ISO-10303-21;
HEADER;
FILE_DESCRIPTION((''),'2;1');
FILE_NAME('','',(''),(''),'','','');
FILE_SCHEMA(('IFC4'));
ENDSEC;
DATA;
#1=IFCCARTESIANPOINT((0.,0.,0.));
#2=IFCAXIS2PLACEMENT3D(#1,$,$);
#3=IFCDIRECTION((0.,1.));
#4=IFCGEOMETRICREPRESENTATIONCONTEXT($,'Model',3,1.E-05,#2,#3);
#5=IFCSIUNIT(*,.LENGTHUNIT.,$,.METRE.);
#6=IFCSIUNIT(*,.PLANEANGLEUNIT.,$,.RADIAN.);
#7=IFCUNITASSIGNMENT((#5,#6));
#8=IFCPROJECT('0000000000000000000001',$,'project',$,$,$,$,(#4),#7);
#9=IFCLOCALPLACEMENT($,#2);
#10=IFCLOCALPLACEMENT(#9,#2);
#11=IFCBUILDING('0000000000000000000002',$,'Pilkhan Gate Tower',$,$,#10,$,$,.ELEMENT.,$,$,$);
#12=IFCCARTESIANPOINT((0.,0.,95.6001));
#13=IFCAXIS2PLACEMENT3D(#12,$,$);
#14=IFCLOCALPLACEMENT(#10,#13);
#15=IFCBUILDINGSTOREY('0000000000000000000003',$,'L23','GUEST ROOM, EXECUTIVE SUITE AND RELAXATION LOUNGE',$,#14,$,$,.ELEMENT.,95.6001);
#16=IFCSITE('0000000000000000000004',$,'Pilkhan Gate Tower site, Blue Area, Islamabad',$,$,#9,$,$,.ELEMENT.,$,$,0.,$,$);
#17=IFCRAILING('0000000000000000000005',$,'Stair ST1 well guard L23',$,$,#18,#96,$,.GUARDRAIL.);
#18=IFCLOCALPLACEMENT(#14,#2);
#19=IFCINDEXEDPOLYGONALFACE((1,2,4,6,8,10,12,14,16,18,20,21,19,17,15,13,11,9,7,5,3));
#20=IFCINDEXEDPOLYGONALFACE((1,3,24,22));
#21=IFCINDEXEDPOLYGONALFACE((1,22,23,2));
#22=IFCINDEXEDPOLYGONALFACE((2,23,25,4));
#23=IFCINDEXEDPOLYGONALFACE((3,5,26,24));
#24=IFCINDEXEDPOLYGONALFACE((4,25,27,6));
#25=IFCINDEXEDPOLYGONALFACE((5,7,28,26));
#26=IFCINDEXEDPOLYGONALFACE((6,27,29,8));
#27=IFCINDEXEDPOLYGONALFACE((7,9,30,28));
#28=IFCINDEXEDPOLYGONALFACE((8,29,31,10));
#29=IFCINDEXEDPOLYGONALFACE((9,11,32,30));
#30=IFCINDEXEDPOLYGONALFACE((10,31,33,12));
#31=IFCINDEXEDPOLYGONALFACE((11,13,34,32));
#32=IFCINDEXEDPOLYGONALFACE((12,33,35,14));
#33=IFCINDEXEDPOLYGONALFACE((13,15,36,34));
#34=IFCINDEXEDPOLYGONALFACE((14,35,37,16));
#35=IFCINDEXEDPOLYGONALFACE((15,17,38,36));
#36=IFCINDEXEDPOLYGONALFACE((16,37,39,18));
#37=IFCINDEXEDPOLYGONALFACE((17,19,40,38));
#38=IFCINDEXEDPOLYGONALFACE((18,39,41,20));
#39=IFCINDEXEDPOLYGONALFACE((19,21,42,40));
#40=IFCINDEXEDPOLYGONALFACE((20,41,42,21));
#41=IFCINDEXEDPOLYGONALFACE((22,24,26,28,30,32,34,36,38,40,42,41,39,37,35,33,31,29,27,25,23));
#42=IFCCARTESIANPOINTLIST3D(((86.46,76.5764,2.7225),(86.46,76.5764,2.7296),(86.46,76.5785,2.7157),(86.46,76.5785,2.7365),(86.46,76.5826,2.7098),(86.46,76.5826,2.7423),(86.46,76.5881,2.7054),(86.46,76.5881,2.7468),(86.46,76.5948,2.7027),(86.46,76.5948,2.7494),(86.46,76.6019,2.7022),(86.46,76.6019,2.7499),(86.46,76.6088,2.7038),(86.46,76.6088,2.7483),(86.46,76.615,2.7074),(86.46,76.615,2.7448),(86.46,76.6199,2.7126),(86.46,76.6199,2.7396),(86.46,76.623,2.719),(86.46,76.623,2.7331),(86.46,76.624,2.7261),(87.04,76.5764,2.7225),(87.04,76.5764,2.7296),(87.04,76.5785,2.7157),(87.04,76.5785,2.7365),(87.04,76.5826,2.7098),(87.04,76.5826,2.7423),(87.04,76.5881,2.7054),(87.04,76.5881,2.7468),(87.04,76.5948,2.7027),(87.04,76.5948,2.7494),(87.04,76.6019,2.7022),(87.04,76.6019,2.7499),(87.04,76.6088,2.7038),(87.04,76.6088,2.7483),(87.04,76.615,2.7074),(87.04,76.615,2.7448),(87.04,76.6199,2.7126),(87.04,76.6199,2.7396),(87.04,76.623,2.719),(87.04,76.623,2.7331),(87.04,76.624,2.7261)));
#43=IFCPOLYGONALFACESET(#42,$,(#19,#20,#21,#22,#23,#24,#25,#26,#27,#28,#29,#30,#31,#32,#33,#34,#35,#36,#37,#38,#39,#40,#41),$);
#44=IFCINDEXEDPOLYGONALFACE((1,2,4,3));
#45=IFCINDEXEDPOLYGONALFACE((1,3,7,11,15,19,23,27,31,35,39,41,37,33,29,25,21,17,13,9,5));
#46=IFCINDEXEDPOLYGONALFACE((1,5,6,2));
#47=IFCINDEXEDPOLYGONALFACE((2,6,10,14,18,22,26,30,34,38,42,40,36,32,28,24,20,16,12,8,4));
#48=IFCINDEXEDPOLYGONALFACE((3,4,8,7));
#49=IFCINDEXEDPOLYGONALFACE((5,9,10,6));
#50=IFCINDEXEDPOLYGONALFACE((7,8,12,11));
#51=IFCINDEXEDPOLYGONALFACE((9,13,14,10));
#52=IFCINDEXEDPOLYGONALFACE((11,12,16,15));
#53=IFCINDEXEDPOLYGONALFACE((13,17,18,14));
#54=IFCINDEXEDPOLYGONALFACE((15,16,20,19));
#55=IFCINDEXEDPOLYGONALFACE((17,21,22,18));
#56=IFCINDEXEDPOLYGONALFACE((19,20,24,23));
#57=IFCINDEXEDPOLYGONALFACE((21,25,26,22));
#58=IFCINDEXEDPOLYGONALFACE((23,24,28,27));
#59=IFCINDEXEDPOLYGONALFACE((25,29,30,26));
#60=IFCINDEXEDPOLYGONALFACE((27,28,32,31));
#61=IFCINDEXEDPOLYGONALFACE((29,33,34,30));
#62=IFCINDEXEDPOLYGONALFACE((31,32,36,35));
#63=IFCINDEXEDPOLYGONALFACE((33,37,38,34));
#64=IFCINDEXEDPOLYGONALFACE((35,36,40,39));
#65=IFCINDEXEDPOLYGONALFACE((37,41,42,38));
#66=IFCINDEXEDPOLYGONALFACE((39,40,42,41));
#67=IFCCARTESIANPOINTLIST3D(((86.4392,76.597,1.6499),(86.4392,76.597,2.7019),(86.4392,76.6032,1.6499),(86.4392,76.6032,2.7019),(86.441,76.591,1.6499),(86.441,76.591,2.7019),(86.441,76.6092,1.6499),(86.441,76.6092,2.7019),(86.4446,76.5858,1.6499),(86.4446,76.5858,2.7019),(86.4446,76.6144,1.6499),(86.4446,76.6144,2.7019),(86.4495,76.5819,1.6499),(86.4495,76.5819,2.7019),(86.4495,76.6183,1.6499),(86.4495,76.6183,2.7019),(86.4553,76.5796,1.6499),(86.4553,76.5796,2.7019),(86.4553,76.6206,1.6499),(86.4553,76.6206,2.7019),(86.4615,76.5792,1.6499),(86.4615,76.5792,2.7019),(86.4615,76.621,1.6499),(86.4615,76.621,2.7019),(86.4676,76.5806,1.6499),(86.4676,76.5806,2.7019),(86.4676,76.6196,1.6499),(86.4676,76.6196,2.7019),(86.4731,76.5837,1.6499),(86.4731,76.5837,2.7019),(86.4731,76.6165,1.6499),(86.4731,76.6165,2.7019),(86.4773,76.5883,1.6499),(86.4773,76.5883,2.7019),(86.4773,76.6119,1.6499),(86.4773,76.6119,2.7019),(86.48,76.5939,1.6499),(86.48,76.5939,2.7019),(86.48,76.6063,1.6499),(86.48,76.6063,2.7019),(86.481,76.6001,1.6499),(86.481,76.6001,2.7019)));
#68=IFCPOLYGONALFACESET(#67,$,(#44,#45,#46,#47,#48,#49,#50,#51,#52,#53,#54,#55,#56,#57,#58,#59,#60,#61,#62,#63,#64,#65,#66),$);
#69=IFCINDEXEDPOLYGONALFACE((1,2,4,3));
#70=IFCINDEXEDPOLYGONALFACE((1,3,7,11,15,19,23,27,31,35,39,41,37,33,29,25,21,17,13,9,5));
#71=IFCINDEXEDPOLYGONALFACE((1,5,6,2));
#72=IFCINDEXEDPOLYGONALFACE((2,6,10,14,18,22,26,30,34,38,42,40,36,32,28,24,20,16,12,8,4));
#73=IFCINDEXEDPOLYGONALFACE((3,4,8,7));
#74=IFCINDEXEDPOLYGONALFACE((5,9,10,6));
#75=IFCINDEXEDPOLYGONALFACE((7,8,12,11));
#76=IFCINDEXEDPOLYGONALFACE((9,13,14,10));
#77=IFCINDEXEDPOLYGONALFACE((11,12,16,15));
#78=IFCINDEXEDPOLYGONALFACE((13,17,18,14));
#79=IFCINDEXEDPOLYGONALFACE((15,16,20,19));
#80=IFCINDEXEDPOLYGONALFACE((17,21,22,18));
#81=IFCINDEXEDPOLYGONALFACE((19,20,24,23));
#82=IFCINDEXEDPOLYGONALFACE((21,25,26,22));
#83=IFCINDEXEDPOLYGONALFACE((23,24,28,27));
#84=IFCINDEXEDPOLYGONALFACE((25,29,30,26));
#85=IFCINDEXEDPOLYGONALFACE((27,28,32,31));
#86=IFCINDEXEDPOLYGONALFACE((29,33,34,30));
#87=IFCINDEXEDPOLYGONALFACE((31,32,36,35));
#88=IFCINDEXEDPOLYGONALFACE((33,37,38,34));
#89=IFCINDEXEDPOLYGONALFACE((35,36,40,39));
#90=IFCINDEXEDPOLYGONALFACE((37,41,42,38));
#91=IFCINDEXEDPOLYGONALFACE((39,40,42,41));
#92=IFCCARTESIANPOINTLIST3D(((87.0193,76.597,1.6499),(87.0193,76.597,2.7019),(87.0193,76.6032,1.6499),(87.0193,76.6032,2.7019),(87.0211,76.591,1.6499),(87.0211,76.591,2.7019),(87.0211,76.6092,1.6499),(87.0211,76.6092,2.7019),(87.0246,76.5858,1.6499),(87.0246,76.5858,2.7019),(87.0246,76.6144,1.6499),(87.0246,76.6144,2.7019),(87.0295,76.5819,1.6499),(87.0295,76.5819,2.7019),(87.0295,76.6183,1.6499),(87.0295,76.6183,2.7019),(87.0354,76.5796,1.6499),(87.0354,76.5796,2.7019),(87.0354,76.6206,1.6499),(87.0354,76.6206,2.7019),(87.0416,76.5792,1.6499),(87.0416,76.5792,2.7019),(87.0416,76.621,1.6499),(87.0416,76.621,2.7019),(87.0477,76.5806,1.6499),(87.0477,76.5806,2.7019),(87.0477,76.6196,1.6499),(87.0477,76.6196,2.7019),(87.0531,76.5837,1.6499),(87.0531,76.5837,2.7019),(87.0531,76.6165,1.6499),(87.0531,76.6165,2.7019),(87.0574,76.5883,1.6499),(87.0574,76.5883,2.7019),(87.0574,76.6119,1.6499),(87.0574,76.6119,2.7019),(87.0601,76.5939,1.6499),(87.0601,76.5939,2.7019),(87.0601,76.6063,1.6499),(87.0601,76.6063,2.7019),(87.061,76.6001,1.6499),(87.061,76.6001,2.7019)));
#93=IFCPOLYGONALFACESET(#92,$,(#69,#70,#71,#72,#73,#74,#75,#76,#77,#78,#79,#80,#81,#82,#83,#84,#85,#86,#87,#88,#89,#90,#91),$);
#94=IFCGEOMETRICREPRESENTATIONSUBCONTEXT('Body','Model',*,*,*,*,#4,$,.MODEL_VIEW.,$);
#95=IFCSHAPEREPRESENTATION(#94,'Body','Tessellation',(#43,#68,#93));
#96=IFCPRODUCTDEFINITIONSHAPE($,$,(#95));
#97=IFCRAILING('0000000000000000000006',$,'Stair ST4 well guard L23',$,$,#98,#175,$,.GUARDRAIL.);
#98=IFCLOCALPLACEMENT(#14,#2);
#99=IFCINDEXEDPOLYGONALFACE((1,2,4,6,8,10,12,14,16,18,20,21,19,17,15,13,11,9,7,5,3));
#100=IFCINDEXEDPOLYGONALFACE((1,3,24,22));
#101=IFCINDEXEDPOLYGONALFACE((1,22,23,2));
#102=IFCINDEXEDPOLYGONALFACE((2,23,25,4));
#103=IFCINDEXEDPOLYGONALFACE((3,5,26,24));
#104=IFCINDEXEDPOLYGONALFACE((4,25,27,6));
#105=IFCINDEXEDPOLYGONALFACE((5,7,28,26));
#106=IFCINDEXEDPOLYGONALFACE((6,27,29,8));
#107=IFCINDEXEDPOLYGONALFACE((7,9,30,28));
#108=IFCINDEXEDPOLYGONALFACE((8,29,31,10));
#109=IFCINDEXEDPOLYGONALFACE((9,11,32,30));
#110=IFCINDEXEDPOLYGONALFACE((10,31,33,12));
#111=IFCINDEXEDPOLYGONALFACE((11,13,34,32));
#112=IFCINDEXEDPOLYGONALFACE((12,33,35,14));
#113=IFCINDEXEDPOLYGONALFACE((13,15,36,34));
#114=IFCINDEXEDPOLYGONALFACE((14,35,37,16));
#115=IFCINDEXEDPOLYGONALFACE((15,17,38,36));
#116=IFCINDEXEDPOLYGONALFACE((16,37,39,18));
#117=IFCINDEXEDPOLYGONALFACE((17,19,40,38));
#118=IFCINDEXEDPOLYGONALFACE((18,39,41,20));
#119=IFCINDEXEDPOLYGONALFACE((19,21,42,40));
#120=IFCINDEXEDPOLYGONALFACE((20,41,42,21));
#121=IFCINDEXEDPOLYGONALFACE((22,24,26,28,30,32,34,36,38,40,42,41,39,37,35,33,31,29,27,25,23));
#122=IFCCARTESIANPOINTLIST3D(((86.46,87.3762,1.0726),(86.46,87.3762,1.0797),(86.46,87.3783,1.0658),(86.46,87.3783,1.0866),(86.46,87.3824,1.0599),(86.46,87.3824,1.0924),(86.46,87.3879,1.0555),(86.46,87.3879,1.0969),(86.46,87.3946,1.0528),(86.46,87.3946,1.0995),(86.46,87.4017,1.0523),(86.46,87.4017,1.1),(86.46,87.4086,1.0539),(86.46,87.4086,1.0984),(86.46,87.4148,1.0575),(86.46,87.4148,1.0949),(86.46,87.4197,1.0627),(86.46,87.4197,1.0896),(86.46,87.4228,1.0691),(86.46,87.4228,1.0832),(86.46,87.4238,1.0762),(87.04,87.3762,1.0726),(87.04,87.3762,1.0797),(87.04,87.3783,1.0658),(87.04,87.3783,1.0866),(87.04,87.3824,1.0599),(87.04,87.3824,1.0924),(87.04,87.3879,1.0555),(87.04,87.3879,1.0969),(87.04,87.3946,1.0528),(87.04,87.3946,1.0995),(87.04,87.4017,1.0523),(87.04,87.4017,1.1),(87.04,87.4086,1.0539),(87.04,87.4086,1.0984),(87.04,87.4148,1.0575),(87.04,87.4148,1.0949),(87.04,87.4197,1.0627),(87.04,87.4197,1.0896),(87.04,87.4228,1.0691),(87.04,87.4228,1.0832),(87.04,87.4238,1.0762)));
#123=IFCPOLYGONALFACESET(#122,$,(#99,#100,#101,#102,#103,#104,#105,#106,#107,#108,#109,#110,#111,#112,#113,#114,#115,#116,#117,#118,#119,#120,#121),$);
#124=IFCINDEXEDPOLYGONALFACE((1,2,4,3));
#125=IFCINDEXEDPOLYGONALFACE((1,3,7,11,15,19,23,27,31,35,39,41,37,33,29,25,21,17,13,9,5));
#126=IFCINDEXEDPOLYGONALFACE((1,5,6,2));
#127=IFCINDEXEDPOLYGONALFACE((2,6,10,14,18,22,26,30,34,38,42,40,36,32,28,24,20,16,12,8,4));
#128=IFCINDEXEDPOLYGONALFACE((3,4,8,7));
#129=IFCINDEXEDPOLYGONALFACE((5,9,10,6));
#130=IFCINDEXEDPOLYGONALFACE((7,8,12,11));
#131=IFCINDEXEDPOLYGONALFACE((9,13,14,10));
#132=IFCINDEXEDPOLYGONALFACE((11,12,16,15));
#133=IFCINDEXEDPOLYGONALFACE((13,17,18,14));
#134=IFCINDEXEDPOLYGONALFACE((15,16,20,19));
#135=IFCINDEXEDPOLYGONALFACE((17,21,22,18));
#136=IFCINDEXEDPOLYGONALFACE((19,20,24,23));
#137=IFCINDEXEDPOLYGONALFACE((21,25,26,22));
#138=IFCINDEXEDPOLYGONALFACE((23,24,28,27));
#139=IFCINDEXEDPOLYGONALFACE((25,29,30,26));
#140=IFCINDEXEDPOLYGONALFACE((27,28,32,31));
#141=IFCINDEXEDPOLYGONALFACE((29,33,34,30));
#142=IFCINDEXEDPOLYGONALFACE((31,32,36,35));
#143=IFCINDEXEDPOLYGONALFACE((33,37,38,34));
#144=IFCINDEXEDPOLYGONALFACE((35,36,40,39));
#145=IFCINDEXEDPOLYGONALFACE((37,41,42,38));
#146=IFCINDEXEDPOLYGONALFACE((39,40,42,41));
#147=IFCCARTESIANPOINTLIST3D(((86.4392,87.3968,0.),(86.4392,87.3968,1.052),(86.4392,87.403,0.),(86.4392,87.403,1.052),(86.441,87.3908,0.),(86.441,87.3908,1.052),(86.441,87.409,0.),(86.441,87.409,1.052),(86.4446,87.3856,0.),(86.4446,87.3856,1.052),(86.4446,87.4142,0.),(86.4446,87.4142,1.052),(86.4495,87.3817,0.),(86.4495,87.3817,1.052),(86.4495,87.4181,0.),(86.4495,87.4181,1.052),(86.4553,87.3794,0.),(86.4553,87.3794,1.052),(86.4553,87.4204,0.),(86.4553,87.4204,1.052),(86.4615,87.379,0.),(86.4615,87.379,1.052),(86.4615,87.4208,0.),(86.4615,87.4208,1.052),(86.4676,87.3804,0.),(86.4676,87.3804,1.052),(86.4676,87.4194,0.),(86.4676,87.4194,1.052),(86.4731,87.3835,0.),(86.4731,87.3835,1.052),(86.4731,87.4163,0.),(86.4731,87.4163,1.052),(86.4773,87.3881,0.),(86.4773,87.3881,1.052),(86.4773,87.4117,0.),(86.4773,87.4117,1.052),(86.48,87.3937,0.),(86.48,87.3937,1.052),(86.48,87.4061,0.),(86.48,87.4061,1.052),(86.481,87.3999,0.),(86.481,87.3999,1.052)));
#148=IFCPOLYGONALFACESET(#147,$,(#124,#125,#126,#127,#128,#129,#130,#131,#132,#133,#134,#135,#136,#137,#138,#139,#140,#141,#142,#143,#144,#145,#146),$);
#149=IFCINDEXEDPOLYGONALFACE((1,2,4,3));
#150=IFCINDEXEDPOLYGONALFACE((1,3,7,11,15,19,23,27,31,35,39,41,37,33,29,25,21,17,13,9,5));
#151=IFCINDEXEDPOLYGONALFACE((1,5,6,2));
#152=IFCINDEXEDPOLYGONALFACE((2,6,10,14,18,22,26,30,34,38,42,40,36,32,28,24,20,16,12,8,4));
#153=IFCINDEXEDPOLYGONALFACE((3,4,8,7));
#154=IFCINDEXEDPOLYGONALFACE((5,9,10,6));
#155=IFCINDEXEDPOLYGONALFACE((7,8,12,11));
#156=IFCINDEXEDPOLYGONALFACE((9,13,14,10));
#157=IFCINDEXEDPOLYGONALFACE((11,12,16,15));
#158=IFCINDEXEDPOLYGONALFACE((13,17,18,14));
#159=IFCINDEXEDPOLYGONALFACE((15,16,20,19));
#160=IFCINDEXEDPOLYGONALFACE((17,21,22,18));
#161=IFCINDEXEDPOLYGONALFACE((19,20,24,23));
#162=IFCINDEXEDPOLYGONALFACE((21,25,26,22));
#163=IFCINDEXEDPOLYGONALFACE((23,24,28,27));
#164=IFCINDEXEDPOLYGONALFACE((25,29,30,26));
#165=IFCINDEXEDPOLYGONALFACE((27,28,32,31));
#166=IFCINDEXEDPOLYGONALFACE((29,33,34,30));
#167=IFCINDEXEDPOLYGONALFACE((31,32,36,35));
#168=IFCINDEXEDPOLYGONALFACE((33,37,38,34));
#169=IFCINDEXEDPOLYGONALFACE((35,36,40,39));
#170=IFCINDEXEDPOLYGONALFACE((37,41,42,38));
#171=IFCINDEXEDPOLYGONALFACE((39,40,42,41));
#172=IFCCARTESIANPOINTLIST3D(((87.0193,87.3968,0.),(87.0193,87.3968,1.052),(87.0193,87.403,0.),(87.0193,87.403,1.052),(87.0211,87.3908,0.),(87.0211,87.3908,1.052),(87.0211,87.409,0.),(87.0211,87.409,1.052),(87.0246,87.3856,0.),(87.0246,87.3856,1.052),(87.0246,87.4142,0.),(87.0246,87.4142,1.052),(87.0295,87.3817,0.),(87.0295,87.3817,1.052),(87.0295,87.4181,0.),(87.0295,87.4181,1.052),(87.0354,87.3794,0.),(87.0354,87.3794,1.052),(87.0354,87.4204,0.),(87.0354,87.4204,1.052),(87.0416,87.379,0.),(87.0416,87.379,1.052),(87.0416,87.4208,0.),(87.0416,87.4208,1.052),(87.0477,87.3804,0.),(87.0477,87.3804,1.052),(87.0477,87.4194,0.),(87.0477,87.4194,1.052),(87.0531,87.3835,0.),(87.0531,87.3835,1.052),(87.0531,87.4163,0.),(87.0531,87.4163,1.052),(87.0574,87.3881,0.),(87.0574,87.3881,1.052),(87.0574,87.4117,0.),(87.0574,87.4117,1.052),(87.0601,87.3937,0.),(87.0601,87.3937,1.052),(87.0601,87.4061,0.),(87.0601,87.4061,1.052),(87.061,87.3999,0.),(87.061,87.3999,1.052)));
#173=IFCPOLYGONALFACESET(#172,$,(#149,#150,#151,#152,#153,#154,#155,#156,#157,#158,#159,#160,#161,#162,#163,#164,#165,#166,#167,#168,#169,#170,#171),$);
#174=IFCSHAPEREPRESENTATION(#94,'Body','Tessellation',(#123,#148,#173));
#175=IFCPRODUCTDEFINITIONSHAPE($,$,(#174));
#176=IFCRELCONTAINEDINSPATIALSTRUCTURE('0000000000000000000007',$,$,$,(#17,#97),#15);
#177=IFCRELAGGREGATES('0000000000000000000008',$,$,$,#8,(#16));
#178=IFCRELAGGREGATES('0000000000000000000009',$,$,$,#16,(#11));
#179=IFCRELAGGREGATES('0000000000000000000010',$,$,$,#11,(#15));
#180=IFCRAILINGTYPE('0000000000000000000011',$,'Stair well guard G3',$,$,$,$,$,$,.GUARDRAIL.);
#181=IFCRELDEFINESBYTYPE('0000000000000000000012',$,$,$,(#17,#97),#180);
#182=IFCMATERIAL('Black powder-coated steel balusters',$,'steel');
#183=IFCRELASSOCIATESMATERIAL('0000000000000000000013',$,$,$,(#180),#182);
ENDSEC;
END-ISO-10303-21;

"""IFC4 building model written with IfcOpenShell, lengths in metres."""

from ifc_helpers import new_model, si_unit, direction, frame, origin, origin_2d, place, context, subcontext, project, spatial, circle, extrude, material, type_object, element, save


model = new_model("IFC4")

# Units and contexts
model_context = context("Model", 3, precision=1e-05, world=origin(), true_north=direction((0.0, 1.0)))
body_context = subcontext(model_context, "Body", "Model", "MODEL_VIEW")
ifc_project = project(units=[si_unit("LENGTHUNIT", "METRE"), si_unit("PLANEANGLEUNIT", "RADIAN")], contexts=[model_context])

# Site, building, storey
site_placement = place(None, origin())
site = spatial("IfcSite", under=ifc_project, at=site_placement, Name="Pilkhan Gate Tower site, Blue Area, Islamabad", CompositionType="ELEMENT", RefElevation=0.0)
building_placement = place(site_placement, origin())
building = spatial("IfcBuilding", under=site, at=building_placement, Name="Pilkhan Gate Tower", CompositionType="ELEMENT")
storey_placement = place(building_placement, frame((0.0, 0.0, 95.6001)))
storey = spatial("IfcBuildingStorey", under=building, at=storey_placement, Name="L23", Description="GUEST ROOM, EXECUTIVE SUITE AND RELAXATION LOUNGE", CompositionType="ELEMENT", Elevation=95.6001)

# Railings
ifc_material_1 = material(Name="Black powder-coated steel balusters", Category="steel")
railing_type_1 = type_object("IfcRailingType", Name="Stair well guard G3", PredefinedType="GUARDRAIL", material=ifc_material_1)
for number, where, name in (
    (1, (86.46, 76.6001, 1.6499), "Stair ST1 well guard L23"),
    (2, (86.46, 87.3999, 0.0), "Stair ST4 well guard L23"),
):
    element("IfcRailing", number, at=place(storey_placement, frame(where)), inside=storey, type_object=railing_type_1, Name=name, PredefinedType="GUARDRAIL", context=body_context, shape_type="SweptSolid", body=[
        extrude(circle(Radius=0.0239, at=origin_2d()), frame((0.0, 0.0, 1.0762), z_axis=(1.0, 0.0, 0.0), x_axis=(0.0, 1.0, 0.0)), (0.0, 0.0, 1.0), 0.5801),
        extrude(circle(Radius=0.021, at=origin_2d()), origin(), (0.0, 0.0, 1.0), 1.052),
        extrude(circle(Radius=0.021, at=origin_2d()), frame((0.5801, 0.0, 0.0)), (0.0, 0.0, 1.0), 1.052),
    ])

save(model, "model.ifc")
